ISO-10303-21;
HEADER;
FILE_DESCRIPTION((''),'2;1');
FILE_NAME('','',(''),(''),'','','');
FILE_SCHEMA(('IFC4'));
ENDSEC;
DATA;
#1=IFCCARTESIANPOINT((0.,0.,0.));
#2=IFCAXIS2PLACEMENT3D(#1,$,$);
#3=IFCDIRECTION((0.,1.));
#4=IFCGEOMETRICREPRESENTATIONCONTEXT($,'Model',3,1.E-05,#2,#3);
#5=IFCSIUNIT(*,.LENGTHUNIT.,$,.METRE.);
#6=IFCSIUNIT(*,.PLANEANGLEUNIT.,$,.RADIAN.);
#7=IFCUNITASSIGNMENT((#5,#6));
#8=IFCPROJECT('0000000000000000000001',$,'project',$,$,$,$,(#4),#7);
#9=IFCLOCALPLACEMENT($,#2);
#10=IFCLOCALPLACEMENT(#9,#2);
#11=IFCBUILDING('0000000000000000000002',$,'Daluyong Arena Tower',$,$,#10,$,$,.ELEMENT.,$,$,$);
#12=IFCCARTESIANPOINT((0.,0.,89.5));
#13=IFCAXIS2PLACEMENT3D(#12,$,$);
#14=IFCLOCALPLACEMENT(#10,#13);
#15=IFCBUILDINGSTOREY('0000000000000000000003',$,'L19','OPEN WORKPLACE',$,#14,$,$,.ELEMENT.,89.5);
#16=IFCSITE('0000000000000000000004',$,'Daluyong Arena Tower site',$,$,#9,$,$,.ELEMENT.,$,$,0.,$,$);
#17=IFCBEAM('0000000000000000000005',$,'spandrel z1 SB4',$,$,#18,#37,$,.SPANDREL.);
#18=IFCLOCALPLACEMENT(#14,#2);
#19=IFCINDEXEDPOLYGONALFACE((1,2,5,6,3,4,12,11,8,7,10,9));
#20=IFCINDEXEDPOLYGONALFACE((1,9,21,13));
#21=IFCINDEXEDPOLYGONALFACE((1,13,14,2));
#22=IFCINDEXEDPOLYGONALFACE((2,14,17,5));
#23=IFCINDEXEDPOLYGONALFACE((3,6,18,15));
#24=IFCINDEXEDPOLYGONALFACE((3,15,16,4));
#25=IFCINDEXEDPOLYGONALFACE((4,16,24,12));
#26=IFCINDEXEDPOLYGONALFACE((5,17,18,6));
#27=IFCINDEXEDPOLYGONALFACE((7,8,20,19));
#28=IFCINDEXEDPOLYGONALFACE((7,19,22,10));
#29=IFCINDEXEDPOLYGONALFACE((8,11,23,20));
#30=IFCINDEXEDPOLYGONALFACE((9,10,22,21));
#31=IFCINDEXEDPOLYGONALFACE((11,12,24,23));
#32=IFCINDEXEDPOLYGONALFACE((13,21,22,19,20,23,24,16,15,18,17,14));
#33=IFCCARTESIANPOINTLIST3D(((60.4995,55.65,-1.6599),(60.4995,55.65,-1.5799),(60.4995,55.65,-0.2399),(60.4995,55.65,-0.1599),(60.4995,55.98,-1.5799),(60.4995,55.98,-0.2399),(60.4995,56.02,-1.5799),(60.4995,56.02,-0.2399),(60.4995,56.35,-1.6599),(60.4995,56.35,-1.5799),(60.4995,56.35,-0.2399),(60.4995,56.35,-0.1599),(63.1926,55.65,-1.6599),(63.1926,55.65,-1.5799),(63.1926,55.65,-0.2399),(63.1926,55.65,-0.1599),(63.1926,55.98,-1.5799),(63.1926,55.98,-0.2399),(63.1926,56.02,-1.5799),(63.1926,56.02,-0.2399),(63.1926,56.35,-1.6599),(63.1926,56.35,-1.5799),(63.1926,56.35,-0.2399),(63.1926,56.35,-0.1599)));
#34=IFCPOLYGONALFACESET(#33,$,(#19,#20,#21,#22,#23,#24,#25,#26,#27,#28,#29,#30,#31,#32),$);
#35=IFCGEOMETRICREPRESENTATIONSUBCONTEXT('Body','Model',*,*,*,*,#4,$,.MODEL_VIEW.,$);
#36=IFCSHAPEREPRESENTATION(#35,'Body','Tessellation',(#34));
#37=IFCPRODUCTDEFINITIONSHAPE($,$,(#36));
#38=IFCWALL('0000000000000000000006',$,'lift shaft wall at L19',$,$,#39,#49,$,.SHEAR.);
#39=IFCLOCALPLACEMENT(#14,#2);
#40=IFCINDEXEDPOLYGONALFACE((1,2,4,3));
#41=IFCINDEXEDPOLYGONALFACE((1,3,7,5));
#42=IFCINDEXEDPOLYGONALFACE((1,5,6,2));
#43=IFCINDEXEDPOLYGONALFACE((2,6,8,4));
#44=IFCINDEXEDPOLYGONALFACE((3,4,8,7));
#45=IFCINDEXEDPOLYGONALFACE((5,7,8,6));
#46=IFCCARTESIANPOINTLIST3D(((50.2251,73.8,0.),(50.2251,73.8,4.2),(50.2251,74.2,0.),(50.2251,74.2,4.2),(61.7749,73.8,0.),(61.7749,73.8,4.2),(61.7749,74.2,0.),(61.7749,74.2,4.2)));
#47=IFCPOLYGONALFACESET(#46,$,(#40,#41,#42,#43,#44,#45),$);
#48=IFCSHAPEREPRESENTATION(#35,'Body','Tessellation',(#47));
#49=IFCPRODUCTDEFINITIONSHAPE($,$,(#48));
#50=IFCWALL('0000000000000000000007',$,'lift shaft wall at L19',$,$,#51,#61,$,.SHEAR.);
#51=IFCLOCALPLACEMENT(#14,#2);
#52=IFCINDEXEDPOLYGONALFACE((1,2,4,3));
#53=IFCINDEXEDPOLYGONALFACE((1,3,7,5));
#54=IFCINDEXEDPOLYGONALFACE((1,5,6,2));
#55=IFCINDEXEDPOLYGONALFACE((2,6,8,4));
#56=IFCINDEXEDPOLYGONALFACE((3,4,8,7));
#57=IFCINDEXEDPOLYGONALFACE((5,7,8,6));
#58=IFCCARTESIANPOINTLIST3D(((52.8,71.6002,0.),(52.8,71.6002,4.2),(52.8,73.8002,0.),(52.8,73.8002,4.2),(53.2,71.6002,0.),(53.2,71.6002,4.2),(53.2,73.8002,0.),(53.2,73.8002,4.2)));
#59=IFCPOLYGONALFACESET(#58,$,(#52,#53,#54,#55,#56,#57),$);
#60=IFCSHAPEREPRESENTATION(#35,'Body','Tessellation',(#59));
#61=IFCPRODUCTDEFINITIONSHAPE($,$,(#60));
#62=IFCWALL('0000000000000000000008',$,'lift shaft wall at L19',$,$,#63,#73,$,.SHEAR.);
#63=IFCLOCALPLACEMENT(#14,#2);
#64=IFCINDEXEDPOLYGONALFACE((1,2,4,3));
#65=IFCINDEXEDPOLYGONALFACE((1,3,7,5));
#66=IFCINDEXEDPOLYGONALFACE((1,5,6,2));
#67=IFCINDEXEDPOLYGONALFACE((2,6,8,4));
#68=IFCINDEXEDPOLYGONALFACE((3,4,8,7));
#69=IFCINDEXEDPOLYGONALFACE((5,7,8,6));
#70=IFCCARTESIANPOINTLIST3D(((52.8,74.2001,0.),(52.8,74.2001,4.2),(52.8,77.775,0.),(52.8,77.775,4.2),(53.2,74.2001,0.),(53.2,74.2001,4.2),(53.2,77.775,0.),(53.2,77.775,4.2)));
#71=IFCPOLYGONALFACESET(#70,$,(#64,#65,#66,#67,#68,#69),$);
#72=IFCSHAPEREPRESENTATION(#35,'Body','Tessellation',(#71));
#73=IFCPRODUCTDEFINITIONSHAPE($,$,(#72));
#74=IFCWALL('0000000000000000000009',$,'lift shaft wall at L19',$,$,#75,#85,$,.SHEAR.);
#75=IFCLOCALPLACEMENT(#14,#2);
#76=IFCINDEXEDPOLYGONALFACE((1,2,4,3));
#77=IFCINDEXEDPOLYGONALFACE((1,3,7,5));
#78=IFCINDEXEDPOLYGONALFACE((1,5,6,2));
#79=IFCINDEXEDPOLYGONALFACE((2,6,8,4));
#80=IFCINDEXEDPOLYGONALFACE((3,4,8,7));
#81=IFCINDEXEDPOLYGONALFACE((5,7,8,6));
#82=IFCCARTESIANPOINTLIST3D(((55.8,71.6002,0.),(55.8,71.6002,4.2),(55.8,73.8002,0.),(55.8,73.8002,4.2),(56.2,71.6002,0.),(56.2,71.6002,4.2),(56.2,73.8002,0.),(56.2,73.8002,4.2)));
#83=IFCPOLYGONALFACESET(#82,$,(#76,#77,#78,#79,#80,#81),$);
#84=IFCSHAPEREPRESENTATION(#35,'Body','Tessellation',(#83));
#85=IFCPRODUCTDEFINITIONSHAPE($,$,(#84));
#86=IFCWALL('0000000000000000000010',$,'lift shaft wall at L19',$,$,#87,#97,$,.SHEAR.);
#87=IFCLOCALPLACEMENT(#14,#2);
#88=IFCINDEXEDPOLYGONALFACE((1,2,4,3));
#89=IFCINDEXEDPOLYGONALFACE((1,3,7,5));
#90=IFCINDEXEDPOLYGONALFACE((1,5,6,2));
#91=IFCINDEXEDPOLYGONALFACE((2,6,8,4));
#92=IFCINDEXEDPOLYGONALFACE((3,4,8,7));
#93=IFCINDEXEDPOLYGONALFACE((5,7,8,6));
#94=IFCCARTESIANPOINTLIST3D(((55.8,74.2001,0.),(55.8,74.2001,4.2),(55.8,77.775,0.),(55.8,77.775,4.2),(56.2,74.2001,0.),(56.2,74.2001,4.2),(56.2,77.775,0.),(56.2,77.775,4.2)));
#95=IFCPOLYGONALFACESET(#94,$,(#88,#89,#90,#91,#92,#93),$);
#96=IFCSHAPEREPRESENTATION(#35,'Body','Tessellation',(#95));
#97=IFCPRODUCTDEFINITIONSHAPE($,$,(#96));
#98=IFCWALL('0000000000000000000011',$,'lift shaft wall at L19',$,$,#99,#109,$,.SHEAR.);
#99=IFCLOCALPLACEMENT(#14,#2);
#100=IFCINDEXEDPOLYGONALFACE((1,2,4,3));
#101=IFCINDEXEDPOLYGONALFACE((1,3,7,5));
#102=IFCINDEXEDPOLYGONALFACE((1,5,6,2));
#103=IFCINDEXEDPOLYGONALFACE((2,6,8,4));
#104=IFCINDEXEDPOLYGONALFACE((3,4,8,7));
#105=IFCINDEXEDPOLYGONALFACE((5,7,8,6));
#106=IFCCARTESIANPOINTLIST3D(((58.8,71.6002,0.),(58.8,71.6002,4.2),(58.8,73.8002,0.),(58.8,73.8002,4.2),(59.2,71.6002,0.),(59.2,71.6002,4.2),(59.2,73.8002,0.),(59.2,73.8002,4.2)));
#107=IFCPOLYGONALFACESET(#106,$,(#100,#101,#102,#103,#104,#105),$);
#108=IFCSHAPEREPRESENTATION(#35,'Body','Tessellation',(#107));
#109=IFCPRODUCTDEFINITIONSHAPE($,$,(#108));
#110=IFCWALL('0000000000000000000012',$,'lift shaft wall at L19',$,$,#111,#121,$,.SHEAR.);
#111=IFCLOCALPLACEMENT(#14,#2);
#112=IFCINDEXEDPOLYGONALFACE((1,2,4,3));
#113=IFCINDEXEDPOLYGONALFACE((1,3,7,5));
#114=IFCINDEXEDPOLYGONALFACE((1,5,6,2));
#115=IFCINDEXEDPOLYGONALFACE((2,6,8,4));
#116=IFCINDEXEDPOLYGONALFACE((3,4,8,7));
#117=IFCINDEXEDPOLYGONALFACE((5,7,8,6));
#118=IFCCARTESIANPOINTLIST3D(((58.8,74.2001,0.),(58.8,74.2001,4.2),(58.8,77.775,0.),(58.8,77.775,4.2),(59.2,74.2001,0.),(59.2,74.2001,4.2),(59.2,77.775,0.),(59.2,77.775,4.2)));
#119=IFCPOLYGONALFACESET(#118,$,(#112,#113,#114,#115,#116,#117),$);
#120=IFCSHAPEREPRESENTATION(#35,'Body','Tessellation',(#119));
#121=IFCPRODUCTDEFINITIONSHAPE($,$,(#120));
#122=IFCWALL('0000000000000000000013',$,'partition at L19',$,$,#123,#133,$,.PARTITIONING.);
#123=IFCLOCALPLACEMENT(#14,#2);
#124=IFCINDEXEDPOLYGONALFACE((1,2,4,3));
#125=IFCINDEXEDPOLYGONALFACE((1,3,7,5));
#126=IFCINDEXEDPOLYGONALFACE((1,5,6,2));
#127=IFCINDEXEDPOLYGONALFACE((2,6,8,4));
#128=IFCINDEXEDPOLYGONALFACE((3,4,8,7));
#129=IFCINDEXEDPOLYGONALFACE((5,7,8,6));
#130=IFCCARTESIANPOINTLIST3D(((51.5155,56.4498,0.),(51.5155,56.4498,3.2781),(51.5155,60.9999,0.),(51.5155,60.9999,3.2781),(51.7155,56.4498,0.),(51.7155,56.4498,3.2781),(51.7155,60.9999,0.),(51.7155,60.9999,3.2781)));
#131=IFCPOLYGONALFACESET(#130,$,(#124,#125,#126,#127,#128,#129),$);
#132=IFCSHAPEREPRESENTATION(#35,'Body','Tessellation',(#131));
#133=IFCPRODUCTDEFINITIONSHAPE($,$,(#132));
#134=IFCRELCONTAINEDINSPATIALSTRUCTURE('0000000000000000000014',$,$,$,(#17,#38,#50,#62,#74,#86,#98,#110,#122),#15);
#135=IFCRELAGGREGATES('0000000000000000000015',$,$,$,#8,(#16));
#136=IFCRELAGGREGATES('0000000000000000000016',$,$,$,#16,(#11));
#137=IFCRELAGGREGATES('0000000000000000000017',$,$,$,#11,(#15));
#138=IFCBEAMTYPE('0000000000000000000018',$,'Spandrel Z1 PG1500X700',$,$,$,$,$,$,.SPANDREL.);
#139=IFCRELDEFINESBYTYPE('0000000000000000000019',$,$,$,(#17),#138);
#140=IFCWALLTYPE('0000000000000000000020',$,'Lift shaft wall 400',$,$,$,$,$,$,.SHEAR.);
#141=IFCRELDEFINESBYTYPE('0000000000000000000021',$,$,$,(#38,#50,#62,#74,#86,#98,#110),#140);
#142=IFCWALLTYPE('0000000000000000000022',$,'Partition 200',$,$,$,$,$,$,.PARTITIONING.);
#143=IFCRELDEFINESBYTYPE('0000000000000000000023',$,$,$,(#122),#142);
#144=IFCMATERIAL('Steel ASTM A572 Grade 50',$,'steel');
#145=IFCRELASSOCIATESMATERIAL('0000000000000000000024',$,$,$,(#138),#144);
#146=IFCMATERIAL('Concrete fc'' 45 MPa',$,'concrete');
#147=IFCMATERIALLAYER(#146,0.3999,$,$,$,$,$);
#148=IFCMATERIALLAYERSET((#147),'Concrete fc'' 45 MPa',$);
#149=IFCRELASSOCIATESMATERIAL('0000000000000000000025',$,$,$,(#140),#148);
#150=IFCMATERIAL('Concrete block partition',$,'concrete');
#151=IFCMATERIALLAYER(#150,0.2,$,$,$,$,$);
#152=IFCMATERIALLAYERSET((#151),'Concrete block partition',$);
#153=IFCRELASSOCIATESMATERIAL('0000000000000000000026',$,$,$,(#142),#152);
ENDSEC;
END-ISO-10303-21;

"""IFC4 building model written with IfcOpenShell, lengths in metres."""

from ifc_helpers import new_model, si_unit, direction, frame, frame_2d, origin, origin_2d, place, context, subcontext, project, spatial, rectangle, i_section, extrude, material, layer, layer_set, material_profile, profile_set, type_object, element, save


model = new_model("IFC4")

# Units and contexts
model_context = context("Model", 3, precision=1e-05, world=origin(), true_north=direction((0.0, 1.0)))
body_context = subcontext(model_context, "Body", "Model", "MODEL_VIEW")
ifc_project = project(units=[si_unit("LENGTHUNIT", "METRE"), si_unit("PLANEANGLEUNIT", "RADIAN")], contexts=[model_context])

# Site, building, storey
site_placement = place(None, origin())
site = spatial("IfcSite", under=ifc_project, at=site_placement, Name="Daluyong Arena Tower site", CompositionType="ELEMENT", RefElevation=0.0)
building_placement = place(site_placement, origin())
building = spatial("IfcBuilding", under=site, at=building_placement, Name="Daluyong Arena Tower", CompositionType="ELEMENT")
storey_placement = place(building_placement, frame((0.0, 0.0, 89.5)))
storey = spatial("IfcBuildingStorey", under=building, at=storey_placement, Name="L19", Description="OPEN WORKPLACE", CompositionType="ELEMENT", Elevation=89.5)

# Beam
ifc_material_1 = material(Name="Steel ASTM A572 Grade 50", Category="steel")
ifc_material_profile_1 = material_profile(ifc_material_1, i_section(OverallWidth=0.7, OverallDepth=1.5, WebThickness=0.04, FlangeThickness=0.08, at=origin_2d()))
ifc_profile_set_1 = profile_set([ifc_material_profile_1], Name="Steel ASTM A572 Grade 50")
beam_type_1 = type_object("IfcBeamType", Name="Spandrel Z1 PG1500X700", PredefinedType="SPANDREL", material=ifc_profile_set_1)
for number, where, z_axis, x_axis, name in (
    (1, (60.4995, 56.0, -0.9099), (1.0, 0.0, 0.0), (0.0, 1.0, 0.0), "spandrel z1 SB4"),
):
    element("IfcBeam", number, at=place(storey_placement, frame(where, z_axis=z_axis, x_axis=x_axis)), inside=storey, type_object=beam_type_1, Name=name, PredefinedType="SPANDREL", context=body_context, shape_type="SweptSolid", body=[
        extrude(i_section(OverallWidth=0.7, OverallDepth=1.5, WebThickness=0.04, FlangeThickness=0.08, at=origin_2d()), origin(), (0.0, 0.0, 1.0), 2.6931),
    ])

# Walls
ifc_material_2 = material(Name="Concrete fc' 45 MPa", Category="concrete")
ifc_layer_1 = layer(ifc_material_2, 0.3999)
ifc_layer_set_1 = layer_set([ifc_layer_1], Name="Concrete fc' 45 MPa")
wall_type_1 = type_object("IfcWallType", Name="Lift shaft wall 400", PredefinedType="SHEAR", material=ifc_layer_set_1)
wall_1_placement = place(storey_placement, frame((50.2251, 74.0, 0.0), z_axis=(0.0, 0.0, 1.0), x_axis=(1.0, 0.0, 0.0)))
element("IfcWall", 2, at=wall_1_placement, inside=storey, type_object=wall_type_1, Name="lift shaft wall at L19", PredefinedType="SHEAR", context=body_context, shape_type="SweptSolid", body=[
    extrude(rectangle(XDim=11.5498, YDim=0.3999, at=frame_2d((5.7749, 0.0))), origin(), (0.0, 0.0, 1.0), 4.2),
])
wall_2_placement = place(storey_placement, frame((53.0, 71.6001, 0.0), z_axis=(0.0, 0.0, 1.0), x_axis=(0.0, 1.0, 0.0)))
element("IfcWall", 3, at=wall_2_placement, inside=storey, type_object=wall_type_1, Name="lift shaft wall at L19", PredefinedType="SHEAR", context=body_context, shape_type="SweptSolid", body=[
    extrude(rectangle(XDim=2.2, YDim=0.3999, at=frame_2d((1.1001, 0.0))), origin(), (0.0, 0.0, 1.0), 4.2),
])
wall_3_placement = place(storey_placement, frame((53.0, 74.2, 0.0), z_axis=(0.0, 0.0, 1.0), x_axis=(0.0, 1.0, 0.0)))
element("IfcWall", 4, at=wall_3_placement, inside=storey, type_object=wall_type_1, Name="lift shaft wall at L19", PredefinedType="SHEAR", context=body_context, shape_type="SweptSolid", body=[
    extrude(rectangle(XDim=3.575, YDim=0.3999, at=frame_2d((1.7876, 0.0))), origin(), (0.0, 0.0, 1.0), 4.2),
])
wall_4_placement = place(storey_placement, frame((56.0, 71.6001, 0.0), z_axis=(0.0, 0.0, 1.0), x_axis=(0.0, 1.0, 0.0)))
element("IfcWall", 5, at=wall_4_placement, inside=storey, type_object=wall_type_1, Name="lift shaft wall at L19", PredefinedType="SHEAR", context=body_context, shape_type="SweptSolid", body=[
    extrude(rectangle(XDim=2.2, YDim=0.3999, at=frame_2d((1.1001, 0.0))), origin(), (0.0, 0.0, 1.0), 4.2),
])
wall_5_placement = place(storey_placement, frame((56.0, 74.2, 0.0), z_axis=(0.0, 0.0, 1.0), x_axis=(0.0, 1.0, 0.0)))
element("IfcWall", 6, at=wall_5_placement, inside=storey, type_object=wall_type_1, Name="lift shaft wall at L19", PredefinedType="SHEAR", context=body_context, shape_type="SweptSolid", body=[
    extrude(rectangle(XDim=3.575, YDim=0.3999, at=frame_2d((1.7876, 0.0))), origin(), (0.0, 0.0, 1.0), 4.2),
])
wall_6_placement = place(storey_placement, frame((59.0, 71.6001, 0.0), z_axis=(0.0, 0.0, 1.0), x_axis=(0.0, 1.0, 0.0)))
element("IfcWall", 7, at=wall_6_placement, inside=storey, type_object=wall_type_1, Name="lift shaft wall at L19", PredefinedType="SHEAR", context=body_context, shape_type="SweptSolid", body=[
    extrude(rectangle(XDim=2.2, YDim=0.3999, at=frame_2d((1.1001, 0.0))), origin(), (0.0, 0.0, 1.0), 4.2),
])
wall_7_placement = place(storey_placement, frame((59.0, 74.2, 0.0), z_axis=(0.0, 0.0, 1.0), x_axis=(0.0, 1.0, 0.0)))
element("IfcWall", 8, at=wall_7_placement, inside=storey, type_object=wall_type_1, Name="lift shaft wall at L19", PredefinedType="SHEAR", context=body_context, shape_type="SweptSolid", body=[
    extrude(rectangle(XDim=3.575, YDim=0.3999, at=frame_2d((1.7876, 0.0))), origin(), (0.0, 0.0, 1.0), 4.2),
])
ifc_material_3 = material(Name="Concrete block partition", Category="concrete")
ifc_layer_2 = layer(ifc_material_3, 0.2)
ifc_layer_set_2 = layer_set([ifc_layer_2], Name="Concrete block partition")
wall_type_2 = type_object("IfcWallType", Name="Partition 200", PredefinedType="PARTITIONING", material=ifc_layer_set_2)
wall_8_placement = place(storey_placement, frame((51.6155, 56.45, 0.0), z_axis=(0.0, 0.0, 1.0), x_axis=(0.0, 1.0, 0.0)))
element("IfcWall", 9, at=wall_8_placement, inside=storey, type_object=wall_type_2, Name="partition at L19", PredefinedType="PARTITIONING", context=body_context, shape_type="SweptSolid", body=[
    extrude(rectangle(XDim=4.55, YDim=0.2, at=frame_2d((2.2749, 0.0))), origin(), (0.0, 0.0, 1.0), 3.2781),
])

save(model, "model.ifc")
